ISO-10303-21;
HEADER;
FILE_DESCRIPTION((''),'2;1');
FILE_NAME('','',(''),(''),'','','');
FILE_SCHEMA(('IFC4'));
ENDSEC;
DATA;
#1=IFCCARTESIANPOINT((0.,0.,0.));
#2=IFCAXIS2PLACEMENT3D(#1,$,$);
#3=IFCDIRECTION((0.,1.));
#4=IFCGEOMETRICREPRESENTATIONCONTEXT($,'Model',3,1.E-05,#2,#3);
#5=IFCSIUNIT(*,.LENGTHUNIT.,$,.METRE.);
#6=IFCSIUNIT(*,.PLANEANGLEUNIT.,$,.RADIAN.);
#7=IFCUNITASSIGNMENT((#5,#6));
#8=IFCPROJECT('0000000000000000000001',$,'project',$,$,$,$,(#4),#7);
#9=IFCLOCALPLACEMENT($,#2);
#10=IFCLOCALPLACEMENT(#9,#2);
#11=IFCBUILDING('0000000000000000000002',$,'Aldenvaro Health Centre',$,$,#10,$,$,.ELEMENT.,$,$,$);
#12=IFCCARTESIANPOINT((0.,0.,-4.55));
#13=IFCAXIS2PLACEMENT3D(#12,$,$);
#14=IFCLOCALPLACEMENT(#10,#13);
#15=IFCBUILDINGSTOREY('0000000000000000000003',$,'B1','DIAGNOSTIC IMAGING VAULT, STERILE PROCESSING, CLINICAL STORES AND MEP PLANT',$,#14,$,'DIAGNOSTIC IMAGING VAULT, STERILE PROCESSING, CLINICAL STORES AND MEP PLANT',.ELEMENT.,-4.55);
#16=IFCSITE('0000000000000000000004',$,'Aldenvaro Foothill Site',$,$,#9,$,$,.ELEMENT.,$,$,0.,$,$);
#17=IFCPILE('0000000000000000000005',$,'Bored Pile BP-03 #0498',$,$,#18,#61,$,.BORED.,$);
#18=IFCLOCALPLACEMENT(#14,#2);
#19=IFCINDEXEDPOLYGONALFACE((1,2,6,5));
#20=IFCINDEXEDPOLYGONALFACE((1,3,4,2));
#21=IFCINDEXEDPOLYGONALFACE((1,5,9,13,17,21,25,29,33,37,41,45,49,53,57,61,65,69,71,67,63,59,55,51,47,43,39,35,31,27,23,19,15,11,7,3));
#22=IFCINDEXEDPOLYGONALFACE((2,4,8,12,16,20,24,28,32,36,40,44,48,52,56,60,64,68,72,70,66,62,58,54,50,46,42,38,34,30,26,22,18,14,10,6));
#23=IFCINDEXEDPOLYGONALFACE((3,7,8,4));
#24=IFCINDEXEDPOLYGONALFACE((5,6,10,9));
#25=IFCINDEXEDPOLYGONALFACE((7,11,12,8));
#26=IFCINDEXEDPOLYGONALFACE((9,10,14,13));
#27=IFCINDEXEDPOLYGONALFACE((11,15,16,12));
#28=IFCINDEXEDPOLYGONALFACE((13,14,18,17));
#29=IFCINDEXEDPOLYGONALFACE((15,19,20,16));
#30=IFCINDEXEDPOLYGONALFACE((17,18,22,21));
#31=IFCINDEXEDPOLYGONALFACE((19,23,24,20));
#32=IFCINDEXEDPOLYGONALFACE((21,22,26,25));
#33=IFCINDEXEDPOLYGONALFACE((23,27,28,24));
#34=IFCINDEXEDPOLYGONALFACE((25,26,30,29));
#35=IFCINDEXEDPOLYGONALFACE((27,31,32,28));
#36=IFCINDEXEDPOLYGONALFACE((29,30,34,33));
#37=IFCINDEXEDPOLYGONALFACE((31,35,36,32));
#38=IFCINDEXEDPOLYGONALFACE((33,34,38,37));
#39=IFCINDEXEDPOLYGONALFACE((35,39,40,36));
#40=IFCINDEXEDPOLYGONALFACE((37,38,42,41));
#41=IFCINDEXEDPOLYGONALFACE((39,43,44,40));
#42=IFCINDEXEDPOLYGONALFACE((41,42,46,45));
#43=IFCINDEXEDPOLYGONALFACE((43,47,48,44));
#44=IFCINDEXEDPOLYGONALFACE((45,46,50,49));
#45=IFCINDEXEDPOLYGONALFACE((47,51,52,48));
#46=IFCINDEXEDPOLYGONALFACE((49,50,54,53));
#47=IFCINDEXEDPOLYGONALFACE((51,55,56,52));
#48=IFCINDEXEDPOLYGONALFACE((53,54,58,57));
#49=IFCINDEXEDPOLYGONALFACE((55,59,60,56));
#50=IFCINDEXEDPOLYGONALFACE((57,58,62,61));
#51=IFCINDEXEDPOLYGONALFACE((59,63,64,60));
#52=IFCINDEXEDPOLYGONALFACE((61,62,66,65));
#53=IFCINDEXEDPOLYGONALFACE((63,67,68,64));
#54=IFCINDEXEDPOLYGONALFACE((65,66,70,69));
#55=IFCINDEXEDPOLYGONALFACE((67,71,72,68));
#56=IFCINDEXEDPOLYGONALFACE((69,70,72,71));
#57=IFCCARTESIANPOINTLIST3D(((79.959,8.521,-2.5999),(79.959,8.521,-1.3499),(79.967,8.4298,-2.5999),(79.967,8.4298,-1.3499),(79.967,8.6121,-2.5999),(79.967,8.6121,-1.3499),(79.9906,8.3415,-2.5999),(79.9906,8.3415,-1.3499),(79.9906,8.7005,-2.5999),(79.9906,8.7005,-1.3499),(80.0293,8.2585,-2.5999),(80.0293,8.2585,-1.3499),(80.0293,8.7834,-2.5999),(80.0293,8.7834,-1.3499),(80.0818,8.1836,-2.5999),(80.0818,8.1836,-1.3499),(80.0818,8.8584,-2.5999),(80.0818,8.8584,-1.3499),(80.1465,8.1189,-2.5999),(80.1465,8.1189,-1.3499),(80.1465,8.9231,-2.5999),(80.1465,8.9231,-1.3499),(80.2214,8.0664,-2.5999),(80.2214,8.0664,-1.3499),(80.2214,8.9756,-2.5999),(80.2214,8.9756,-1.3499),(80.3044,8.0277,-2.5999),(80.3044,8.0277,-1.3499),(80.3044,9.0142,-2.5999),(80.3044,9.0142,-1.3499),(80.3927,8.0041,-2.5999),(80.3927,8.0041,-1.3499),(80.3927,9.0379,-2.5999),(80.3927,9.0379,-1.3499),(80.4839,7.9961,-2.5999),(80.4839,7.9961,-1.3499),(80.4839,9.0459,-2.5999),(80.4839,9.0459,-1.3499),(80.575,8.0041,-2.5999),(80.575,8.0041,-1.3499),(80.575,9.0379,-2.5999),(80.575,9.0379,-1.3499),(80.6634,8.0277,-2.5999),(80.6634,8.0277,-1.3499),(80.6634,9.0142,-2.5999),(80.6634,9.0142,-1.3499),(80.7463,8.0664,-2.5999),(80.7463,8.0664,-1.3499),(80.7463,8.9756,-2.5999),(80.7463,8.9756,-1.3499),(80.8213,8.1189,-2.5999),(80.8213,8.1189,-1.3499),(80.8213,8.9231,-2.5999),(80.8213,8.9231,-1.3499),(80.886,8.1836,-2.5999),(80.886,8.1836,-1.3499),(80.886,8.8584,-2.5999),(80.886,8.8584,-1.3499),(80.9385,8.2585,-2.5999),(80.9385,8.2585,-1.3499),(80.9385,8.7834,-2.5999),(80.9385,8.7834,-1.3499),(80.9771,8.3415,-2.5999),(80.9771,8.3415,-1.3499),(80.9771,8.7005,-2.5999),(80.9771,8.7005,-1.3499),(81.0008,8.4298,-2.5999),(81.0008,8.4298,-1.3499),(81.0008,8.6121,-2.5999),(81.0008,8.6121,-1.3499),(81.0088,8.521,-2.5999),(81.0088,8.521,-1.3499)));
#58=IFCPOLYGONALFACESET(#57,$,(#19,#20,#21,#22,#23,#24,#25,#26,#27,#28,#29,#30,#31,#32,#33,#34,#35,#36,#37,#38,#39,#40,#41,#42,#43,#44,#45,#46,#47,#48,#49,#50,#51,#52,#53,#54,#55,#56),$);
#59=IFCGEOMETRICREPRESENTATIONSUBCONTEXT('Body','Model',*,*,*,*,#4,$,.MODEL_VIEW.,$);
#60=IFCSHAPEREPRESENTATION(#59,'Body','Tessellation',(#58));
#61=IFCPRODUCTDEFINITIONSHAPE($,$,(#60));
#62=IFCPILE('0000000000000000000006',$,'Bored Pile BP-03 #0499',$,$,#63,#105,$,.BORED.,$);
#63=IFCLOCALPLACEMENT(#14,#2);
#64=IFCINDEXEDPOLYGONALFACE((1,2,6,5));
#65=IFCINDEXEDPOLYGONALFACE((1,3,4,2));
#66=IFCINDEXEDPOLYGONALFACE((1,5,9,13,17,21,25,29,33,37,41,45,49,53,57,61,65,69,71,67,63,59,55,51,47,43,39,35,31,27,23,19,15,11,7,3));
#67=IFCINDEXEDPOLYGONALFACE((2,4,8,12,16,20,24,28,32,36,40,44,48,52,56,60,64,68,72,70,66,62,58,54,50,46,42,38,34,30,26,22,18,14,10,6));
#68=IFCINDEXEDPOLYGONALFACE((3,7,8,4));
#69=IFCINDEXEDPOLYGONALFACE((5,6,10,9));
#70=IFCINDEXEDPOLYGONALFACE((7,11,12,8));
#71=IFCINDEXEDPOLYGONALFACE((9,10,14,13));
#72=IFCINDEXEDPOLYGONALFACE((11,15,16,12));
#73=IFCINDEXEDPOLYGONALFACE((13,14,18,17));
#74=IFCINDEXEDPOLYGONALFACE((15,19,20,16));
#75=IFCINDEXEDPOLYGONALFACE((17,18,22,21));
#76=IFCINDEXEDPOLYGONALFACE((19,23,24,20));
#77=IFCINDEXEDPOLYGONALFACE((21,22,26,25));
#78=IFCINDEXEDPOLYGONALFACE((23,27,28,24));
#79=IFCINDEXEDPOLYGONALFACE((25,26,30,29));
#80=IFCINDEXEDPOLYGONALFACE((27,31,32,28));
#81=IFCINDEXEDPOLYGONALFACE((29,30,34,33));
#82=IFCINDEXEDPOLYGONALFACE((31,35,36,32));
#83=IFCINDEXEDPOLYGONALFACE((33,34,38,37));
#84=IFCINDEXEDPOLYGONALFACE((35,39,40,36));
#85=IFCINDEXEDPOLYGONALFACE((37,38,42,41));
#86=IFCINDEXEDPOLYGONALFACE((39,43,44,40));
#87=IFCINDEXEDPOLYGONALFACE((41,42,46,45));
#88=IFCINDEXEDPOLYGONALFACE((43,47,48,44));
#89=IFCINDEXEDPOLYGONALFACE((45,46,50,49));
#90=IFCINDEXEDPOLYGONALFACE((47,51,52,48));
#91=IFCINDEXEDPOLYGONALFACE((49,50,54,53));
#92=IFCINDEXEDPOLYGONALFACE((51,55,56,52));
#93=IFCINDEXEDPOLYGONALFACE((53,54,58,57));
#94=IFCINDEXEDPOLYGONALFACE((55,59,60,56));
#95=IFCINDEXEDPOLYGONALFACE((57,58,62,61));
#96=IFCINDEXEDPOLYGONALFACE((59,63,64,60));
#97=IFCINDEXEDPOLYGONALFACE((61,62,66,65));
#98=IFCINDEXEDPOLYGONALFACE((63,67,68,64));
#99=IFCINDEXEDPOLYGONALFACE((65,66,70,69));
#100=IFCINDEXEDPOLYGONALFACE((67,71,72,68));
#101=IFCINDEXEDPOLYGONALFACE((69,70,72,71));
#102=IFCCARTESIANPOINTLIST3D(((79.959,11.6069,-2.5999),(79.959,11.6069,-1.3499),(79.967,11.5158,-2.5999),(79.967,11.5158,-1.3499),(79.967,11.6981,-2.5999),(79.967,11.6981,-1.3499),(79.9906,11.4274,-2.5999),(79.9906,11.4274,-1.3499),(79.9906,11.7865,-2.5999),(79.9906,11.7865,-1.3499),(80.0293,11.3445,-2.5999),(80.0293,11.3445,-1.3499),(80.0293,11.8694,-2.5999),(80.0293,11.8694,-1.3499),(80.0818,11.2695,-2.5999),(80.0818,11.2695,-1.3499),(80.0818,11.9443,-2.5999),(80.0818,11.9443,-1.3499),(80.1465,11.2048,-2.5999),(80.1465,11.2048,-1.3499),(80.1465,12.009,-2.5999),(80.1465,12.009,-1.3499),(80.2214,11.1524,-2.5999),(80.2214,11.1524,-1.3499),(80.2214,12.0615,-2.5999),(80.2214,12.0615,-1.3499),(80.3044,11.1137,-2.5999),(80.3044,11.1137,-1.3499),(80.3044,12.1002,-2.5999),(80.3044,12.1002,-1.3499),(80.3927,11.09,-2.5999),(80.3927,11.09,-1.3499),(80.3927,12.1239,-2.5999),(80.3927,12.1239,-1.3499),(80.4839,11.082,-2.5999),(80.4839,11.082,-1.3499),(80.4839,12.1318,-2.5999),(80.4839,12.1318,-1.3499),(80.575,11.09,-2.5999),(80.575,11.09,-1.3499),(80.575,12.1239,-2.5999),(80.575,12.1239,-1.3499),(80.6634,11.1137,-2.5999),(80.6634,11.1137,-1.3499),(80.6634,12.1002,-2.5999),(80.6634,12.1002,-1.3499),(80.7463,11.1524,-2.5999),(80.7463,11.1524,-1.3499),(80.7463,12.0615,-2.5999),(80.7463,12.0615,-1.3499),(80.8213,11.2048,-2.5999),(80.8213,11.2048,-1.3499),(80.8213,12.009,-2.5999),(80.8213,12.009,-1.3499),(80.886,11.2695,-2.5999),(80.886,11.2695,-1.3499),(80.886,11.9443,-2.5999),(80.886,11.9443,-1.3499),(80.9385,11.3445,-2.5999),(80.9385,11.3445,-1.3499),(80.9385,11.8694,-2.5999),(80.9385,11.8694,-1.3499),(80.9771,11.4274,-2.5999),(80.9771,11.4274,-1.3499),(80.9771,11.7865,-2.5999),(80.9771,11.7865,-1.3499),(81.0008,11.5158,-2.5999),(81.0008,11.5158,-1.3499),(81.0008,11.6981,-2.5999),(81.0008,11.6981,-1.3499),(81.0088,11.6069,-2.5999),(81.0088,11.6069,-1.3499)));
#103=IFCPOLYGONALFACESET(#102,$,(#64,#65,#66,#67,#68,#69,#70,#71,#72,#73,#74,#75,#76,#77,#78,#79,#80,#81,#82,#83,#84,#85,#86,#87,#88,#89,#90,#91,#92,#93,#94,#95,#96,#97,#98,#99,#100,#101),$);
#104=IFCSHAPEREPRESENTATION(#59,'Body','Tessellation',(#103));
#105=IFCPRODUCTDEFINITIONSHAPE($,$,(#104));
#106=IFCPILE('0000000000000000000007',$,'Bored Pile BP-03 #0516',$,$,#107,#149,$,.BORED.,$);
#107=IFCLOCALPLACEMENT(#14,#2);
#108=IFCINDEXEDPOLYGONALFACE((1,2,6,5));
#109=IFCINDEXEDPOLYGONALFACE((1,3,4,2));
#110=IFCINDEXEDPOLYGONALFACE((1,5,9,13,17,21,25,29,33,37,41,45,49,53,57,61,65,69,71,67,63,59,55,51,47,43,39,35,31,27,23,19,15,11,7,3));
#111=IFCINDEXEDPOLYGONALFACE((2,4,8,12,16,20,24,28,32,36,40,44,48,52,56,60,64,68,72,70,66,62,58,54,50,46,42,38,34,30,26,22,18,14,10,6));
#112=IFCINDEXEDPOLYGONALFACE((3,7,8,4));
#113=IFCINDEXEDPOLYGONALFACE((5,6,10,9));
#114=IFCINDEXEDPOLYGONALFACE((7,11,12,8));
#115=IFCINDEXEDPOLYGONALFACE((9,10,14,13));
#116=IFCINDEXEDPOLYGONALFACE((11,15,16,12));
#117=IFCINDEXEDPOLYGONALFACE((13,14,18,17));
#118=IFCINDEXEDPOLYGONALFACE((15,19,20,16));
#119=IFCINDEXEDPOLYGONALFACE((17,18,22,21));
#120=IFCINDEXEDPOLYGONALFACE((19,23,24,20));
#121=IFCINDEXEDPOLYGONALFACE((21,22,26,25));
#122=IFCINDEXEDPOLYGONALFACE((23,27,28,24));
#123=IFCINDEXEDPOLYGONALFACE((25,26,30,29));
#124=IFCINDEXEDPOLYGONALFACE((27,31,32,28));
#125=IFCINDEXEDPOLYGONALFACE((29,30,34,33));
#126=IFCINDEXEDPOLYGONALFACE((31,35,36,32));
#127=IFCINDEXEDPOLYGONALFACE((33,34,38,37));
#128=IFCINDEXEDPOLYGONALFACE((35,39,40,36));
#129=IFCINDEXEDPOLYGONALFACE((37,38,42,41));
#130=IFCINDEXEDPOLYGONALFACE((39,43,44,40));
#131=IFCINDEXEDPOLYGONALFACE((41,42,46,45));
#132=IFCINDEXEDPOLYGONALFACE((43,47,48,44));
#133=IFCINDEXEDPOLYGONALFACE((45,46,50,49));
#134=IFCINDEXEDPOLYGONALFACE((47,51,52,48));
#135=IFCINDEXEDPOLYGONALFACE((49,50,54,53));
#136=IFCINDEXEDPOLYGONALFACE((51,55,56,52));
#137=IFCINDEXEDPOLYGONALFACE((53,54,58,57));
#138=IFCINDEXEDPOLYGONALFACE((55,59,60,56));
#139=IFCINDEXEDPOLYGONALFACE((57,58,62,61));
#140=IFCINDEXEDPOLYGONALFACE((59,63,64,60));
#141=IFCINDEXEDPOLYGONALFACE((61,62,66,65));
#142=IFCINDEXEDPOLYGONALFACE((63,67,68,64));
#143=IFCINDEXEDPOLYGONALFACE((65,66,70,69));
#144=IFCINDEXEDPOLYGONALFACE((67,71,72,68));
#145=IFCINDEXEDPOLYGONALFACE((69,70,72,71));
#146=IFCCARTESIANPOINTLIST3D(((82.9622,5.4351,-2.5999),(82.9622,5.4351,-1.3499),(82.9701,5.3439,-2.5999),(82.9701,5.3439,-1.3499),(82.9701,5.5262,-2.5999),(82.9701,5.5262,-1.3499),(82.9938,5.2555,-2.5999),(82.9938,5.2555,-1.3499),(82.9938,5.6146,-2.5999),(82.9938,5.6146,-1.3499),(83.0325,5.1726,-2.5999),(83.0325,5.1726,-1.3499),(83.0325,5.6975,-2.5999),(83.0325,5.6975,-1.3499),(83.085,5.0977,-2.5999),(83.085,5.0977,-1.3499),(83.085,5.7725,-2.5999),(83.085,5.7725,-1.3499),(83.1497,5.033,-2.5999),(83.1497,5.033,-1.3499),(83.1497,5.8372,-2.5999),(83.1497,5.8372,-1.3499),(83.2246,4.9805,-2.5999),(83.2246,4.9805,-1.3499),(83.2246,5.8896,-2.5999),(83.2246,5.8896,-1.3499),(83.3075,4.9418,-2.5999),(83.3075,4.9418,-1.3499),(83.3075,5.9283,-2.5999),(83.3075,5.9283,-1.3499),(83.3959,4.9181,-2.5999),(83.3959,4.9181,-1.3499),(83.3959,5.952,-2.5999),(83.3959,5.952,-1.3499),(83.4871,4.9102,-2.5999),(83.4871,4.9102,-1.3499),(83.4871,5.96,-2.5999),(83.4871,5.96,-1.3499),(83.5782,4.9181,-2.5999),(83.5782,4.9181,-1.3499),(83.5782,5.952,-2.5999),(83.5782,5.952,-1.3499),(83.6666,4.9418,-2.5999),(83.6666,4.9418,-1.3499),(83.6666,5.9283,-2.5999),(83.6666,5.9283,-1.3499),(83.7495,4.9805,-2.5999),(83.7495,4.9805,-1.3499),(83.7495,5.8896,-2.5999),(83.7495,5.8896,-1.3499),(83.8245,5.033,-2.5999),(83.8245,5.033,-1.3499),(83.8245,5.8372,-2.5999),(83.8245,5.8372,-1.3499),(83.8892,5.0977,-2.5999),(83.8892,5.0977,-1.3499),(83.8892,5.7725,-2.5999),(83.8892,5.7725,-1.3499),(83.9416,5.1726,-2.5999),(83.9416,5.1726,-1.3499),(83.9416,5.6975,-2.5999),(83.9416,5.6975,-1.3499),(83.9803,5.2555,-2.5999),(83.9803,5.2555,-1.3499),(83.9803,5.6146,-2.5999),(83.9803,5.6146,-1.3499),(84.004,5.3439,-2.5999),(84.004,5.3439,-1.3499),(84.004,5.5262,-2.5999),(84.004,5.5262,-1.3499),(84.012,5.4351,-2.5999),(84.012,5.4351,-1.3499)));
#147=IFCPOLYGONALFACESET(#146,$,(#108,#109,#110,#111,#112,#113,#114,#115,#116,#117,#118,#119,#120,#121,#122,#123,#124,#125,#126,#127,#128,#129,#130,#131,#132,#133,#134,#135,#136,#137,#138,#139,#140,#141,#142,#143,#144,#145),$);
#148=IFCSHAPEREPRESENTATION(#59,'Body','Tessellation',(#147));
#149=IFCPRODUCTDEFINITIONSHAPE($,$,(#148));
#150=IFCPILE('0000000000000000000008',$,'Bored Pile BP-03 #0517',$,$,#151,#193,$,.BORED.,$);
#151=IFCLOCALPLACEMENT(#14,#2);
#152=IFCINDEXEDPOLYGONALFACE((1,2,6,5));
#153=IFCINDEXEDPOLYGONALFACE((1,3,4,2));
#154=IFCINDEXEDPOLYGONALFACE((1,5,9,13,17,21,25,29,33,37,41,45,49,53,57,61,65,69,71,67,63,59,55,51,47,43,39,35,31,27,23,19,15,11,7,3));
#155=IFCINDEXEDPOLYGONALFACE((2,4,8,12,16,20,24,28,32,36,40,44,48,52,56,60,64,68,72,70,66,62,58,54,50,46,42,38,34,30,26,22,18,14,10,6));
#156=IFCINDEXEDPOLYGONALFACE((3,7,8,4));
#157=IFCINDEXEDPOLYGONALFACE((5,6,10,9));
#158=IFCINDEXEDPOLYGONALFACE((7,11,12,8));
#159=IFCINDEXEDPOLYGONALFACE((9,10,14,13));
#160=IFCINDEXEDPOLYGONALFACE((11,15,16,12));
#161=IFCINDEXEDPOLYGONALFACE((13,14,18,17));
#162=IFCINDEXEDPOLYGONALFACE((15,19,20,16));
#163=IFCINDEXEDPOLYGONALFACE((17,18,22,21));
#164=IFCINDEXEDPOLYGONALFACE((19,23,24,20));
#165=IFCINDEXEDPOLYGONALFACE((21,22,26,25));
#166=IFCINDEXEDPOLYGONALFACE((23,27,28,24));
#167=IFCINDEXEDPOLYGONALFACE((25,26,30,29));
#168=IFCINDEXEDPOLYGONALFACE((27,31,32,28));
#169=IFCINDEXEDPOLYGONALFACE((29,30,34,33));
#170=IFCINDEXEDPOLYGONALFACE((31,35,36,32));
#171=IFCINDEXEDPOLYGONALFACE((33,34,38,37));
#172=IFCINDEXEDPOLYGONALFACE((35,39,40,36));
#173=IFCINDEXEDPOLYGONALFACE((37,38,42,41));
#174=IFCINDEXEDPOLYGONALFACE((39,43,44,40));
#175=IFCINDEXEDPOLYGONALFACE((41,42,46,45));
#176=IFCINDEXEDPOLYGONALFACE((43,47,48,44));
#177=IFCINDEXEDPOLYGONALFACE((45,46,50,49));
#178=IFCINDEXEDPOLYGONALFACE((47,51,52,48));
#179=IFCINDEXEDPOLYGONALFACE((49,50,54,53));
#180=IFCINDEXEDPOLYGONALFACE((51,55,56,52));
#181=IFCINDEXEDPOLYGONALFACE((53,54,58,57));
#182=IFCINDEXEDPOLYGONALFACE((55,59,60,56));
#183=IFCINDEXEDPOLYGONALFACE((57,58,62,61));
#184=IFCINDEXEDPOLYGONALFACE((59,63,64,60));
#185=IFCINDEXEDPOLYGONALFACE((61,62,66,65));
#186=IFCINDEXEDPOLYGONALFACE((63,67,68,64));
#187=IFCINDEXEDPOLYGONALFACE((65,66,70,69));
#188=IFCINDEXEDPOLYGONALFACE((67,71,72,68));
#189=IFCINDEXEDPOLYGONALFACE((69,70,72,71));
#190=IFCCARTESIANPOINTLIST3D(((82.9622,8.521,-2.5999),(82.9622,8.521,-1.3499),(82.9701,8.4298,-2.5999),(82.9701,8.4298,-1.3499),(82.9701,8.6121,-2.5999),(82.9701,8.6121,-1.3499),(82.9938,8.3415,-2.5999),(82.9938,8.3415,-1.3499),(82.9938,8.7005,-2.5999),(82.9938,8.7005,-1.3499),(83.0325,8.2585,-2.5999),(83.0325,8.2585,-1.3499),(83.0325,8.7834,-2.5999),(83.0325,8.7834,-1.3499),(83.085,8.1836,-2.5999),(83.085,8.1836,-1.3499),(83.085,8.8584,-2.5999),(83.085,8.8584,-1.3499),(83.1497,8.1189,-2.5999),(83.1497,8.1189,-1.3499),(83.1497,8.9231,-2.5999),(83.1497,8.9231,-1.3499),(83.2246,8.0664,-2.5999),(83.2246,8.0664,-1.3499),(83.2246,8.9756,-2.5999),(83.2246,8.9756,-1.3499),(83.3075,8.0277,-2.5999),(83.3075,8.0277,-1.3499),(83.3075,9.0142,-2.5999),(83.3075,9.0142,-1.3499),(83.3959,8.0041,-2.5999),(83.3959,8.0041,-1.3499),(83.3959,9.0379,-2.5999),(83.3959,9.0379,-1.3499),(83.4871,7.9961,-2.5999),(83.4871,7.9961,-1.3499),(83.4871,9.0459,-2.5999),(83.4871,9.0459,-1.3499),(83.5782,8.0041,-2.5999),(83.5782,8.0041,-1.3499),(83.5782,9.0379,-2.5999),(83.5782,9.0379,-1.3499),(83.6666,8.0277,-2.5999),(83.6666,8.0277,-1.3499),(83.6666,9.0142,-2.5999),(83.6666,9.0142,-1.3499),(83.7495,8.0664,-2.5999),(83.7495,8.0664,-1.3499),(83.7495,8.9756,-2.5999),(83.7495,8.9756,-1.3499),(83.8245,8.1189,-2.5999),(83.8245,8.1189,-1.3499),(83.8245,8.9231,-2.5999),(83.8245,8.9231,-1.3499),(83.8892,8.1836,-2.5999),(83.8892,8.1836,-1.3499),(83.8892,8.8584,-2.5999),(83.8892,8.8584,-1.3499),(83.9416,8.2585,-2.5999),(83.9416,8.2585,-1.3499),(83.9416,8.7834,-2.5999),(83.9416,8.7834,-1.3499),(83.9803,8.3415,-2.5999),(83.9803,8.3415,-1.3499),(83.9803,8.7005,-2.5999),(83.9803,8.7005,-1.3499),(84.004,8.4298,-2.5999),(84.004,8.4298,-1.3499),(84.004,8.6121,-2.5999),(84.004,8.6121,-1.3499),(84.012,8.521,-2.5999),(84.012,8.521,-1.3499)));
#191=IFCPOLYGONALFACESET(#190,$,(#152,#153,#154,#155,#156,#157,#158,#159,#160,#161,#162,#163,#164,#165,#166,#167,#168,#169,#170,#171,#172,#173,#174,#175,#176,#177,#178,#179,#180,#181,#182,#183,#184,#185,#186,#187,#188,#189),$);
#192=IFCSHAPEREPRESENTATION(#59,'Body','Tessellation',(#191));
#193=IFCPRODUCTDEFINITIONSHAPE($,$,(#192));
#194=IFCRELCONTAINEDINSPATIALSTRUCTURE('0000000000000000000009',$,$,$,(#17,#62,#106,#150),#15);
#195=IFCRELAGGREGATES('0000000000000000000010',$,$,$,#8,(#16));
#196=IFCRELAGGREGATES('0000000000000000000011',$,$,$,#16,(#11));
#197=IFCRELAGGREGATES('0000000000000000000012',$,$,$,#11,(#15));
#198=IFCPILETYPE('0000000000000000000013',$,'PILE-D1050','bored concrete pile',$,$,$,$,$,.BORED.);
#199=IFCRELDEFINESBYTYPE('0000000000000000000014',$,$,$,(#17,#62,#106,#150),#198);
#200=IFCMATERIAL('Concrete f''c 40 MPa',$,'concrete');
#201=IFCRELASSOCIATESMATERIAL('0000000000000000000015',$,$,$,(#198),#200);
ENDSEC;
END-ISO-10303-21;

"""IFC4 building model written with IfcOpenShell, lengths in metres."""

from ifc_helpers import new_model, si_unit, direction, frame, origin, origin_2d, place, context, subcontext, project, spatial, circle, extrude, material, material_profile, profile_set, type_object, element, save


model = new_model("IFC4")

# Units and contexts
model_context = context("Model", 3, precision=1e-05, world=origin(), true_north=direction((0.0, 1.0)))
body_context = subcontext(model_context, "Body", "Model", "MODEL_VIEW")
ifc_project = project(units=[si_unit("LENGTHUNIT", "METRE"), si_unit("PLANEANGLEUNIT", "RADIAN")], contexts=[model_context])

# Site, building, storey
site_placement = place(None, origin())
site = spatial("IfcSite", under=ifc_project, at=site_placement, Name="Aldenvaro Foothill Site", CompositionType="ELEMENT", RefElevation=0.0)
building_placement = place(site_placement, origin())
building = spatial("IfcBuilding", under=site, at=building_placement, Name="Aldenvaro Health Centre", CompositionType="ELEMENT")
storey_placement = place(building_placement, frame((0.0, 0.0, -4.55)))
storey = spatial("IfcBuildingStorey", under=building, at=storey_placement, Name="B1", Description="DIAGNOSTIC IMAGING VAULT, STERILE PROCESSING, CLINICAL STORES AND MEP PLANT", LongName="DIAGNOSTIC IMAGING VAULT, STERILE PROCESSING, CLINICAL STORES AND MEP PLANT", CompositionType="ELEMENT", Elevation=-4.55)

# Piles
ifc_material_1 = material(Name="Concrete f'c 40 MPa", Category="concrete")
ifc_material_profile_1 = material_profile(ifc_material_1, circle(Radius=0.5249, at=origin_2d()), Name="PILE D1050", Category="concrete")
ifc_profile_set_1 = profile_set([ifc_material_profile_1], Name="Concrete f'c 40 MPa")
pile_type = type_object("IfcPileType", Name="PILE-D1050", Description="bored concrete pile", PredefinedType="BORED", material=ifc_profile_set_1)
for number, where, z_axis, x_axis, name in (
    (1, (80.4839, 8.521, -1.3499), (0.0, 0.0, -1.0), (1.0, 0.0, 0.0), "Bored Pile BP-03 #0498"),
    (2, (80.4839, 11.6069, -1.3499), (0.0, 0.0, -1.0), (1.0, 0.0, 0.0), "Bored Pile BP-03 #0499"),
    (3, (83.4871, 5.4351, -1.3499), (0.0, 0.0, -1.0), (1.0, 0.0, 0.0), "Bored Pile BP-03 #0516"),
    (4, (83.4871, 8.521, -1.3499), (0.0, 0.0, -1.0), (1.0, 0.0, 0.0), "Bored Pile BP-03 #0517"),
):
    element("IfcPile", number, at=place(storey_placement, frame(where, z_axis=z_axis, x_axis=x_axis)), inside=storey, type_object=pile_type, Name=name, PredefinedType="BORED", context=body_context, shape_type="SweptSolid", body=[
        extrude(circle(Radius=0.5249, at=origin_2d()), origin(), (0.0, 0.0, 1.0), 1.25),
    ])

save(model, "model.ifc")
